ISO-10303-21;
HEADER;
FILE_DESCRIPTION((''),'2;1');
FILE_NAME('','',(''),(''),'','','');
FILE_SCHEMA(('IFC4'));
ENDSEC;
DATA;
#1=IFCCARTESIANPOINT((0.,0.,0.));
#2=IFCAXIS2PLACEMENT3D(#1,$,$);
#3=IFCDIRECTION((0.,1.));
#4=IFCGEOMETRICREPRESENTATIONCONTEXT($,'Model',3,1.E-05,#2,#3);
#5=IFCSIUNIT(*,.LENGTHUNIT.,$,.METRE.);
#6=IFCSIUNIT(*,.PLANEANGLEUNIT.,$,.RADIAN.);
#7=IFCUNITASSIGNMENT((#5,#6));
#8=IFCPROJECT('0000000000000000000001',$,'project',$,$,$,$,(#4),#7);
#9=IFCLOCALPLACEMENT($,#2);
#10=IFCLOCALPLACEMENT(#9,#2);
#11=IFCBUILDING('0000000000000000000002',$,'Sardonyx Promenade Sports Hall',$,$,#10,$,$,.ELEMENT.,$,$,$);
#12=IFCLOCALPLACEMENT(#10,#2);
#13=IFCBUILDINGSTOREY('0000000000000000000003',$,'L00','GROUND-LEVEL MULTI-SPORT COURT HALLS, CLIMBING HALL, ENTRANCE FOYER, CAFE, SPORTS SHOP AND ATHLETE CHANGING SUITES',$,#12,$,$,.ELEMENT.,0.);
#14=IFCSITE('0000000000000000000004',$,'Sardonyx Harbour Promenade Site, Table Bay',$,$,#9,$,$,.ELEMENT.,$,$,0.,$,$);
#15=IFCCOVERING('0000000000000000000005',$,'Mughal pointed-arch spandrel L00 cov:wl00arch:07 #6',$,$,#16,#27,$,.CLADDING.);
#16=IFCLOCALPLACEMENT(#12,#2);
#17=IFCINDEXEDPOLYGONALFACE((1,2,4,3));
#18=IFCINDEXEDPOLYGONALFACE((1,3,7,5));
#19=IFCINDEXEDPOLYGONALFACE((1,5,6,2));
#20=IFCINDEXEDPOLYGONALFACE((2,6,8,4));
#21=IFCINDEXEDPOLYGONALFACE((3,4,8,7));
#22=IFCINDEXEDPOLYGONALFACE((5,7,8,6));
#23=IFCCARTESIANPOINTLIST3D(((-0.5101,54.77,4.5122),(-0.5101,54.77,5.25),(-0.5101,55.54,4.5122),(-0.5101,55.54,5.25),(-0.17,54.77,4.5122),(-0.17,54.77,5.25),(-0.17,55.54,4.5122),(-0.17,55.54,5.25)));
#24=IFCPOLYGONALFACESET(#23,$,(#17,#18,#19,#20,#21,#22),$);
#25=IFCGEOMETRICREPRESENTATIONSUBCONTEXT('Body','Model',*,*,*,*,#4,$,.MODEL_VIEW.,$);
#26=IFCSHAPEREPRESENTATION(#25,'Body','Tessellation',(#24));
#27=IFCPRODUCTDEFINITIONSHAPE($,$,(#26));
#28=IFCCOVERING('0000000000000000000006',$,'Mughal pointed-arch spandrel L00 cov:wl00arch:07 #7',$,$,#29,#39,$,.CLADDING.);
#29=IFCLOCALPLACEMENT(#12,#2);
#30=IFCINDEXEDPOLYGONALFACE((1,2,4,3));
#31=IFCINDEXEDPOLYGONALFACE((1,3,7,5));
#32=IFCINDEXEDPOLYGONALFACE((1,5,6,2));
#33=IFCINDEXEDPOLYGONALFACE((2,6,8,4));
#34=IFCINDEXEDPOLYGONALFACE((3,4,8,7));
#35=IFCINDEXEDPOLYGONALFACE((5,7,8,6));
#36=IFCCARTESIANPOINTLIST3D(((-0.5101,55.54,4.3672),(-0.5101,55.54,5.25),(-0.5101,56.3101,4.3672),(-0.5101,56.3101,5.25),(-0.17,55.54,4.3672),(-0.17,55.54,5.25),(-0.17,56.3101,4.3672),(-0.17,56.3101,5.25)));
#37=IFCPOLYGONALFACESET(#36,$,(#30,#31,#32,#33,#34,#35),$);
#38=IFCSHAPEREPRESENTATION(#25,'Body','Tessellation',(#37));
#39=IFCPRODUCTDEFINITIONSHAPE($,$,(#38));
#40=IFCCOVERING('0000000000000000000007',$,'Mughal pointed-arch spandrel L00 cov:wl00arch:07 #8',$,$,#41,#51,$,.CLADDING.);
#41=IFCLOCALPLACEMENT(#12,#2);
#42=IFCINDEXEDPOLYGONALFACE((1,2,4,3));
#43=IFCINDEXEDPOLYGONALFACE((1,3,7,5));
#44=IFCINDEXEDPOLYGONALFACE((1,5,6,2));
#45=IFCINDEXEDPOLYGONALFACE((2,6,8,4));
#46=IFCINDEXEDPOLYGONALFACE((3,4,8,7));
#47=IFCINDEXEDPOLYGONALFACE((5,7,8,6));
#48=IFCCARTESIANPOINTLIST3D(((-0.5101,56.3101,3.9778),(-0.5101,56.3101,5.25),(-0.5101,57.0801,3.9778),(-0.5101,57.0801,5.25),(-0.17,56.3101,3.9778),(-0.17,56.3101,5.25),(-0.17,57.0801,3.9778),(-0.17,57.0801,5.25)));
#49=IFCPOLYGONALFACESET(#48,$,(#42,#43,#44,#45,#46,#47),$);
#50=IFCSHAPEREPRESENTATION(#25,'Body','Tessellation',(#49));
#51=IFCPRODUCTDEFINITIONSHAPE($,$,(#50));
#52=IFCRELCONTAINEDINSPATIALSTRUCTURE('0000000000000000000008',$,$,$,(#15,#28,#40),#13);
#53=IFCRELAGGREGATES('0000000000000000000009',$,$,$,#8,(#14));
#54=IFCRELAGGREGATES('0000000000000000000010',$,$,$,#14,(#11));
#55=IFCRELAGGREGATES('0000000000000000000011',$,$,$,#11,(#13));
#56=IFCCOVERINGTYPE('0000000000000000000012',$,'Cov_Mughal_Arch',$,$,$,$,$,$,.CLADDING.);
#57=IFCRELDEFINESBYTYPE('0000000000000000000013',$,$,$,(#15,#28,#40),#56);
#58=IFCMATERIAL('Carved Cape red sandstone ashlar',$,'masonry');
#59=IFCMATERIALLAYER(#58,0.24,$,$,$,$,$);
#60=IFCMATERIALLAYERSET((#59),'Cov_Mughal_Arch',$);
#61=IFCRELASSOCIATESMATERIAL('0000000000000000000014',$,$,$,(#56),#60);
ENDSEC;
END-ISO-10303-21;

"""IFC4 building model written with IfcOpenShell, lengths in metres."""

from ifc_helpers import new_model, si_unit, direction, frame, frame_2d, origin, place, context, subcontext, project, spatial, rectangle, extrude, material, layer, layer_set, type_object, element, save


model = new_model("IFC4")

# Units and contexts
model_context = context("Model", 3, precision=1e-05, world=origin(), true_north=direction((0.0, 1.0)))
body_context = subcontext(model_context, "Body", "Model", "MODEL_VIEW")
ifc_project = project(units=[si_unit("LENGTHUNIT", "METRE"), si_unit("PLANEANGLEUNIT", "RADIAN")], contexts=[model_context])

# Site, building, storey
site_placement = place(None, origin())
site = spatial("IfcSite", under=ifc_project, at=site_placement, Name="Sardonyx Harbour Promenade Site, Table Bay", CompositionType="ELEMENT", RefElevation=0.0)
building_placement = place(site_placement, origin())
building = spatial("IfcBuilding", under=site, at=building_placement, Name="Sardonyx Promenade Sports Hall", CompositionType="ELEMENT")
storey_placement = place(building_placement, origin())
storey = spatial("IfcBuildingStorey", under=building, at=storey_placement, Name="L00", Description="GROUND-LEVEL MULTI-SPORT COURT HALLS, CLIMBING HALL, ENTRANCE FOYER, CAFE, SPORTS SHOP AND ATHLETE CHANGING SUITES", CompositionType="ELEMENT", Elevation=0.0)

# Coverings
ifc_material_1 = material(Name="Carved Cape red sandstone ashlar", Category="masonry")
ifc_layer_1 = layer(ifc_material_1, 0.24)
ifc_layer_set_1 = layer_set([ifc_layer_1], Name="Cov_Mughal_Arch")
covering_type_1 = type_object("IfcCoveringType", Name="Cov_Mughal_Arch", PredefinedType="CLADDING", material=ifc_layer_set_1)
covering_1_placement = place(storey_placement, frame((-0.3401, 54.77, 4.5122), z_axis=(0.0, 0.0, 1.0), x_axis=(0.0, 1.0, 0.0)))
element("IfcCovering", 1, at=covering_1_placement, inside=storey, type_object=covering_type_1, Name="Mughal pointed-arch spandrel L00 cov:wl00arch:07 #6", PredefinedType="CLADDING", context=body_context, shape_type="SweptSolid", body=[
    extrude(rectangle(XDim=0.77, YDim=0.3401, at=frame_2d((0.385, 0.0))), origin(), (0.0, 0.0, 1.0), 0.7378),
])
covering_2_placement = place(storey_placement, frame((-0.3401, 55.54, 4.3672), z_axis=(0.0, 0.0, 1.0), x_axis=(0.0, 1.0, 0.0)))
element("IfcCovering", 2, at=covering_2_placement, inside=storey, type_object=covering_type_1, Name="Mughal pointed-arch spandrel L00 cov:wl00arch:07 #7", PredefinedType="CLADDING", context=body_context, shape_type="SweptSolid", body=[
    extrude(rectangle(XDim=0.77, YDim=0.3401, at=frame_2d((0.385, 0.0))), origin(), (0.0, 0.0, 1.0), 0.8828),
])
covering_3_placement = place(storey_placement, frame((-0.3401, 56.3101, 3.9778), z_axis=(0.0, 0.0, 1.0), x_axis=(0.0, 1.0, 0.0)))
element("IfcCovering", 3, at=covering_3_placement, inside=storey, type_object=covering_type_1, Name="Mughal pointed-arch spandrel L00 cov:wl00arch:07 #8", PredefinedType="CLADDING", context=body_context, shape_type="SweptSolid", body=[
    extrude(rectangle(XDim=0.77, YDim=0.3401, at=frame_2d((0.385, 0.0))), origin(), (0.0, 0.0, 1.0), 1.2722),
])

save(model, "model.ifc")
